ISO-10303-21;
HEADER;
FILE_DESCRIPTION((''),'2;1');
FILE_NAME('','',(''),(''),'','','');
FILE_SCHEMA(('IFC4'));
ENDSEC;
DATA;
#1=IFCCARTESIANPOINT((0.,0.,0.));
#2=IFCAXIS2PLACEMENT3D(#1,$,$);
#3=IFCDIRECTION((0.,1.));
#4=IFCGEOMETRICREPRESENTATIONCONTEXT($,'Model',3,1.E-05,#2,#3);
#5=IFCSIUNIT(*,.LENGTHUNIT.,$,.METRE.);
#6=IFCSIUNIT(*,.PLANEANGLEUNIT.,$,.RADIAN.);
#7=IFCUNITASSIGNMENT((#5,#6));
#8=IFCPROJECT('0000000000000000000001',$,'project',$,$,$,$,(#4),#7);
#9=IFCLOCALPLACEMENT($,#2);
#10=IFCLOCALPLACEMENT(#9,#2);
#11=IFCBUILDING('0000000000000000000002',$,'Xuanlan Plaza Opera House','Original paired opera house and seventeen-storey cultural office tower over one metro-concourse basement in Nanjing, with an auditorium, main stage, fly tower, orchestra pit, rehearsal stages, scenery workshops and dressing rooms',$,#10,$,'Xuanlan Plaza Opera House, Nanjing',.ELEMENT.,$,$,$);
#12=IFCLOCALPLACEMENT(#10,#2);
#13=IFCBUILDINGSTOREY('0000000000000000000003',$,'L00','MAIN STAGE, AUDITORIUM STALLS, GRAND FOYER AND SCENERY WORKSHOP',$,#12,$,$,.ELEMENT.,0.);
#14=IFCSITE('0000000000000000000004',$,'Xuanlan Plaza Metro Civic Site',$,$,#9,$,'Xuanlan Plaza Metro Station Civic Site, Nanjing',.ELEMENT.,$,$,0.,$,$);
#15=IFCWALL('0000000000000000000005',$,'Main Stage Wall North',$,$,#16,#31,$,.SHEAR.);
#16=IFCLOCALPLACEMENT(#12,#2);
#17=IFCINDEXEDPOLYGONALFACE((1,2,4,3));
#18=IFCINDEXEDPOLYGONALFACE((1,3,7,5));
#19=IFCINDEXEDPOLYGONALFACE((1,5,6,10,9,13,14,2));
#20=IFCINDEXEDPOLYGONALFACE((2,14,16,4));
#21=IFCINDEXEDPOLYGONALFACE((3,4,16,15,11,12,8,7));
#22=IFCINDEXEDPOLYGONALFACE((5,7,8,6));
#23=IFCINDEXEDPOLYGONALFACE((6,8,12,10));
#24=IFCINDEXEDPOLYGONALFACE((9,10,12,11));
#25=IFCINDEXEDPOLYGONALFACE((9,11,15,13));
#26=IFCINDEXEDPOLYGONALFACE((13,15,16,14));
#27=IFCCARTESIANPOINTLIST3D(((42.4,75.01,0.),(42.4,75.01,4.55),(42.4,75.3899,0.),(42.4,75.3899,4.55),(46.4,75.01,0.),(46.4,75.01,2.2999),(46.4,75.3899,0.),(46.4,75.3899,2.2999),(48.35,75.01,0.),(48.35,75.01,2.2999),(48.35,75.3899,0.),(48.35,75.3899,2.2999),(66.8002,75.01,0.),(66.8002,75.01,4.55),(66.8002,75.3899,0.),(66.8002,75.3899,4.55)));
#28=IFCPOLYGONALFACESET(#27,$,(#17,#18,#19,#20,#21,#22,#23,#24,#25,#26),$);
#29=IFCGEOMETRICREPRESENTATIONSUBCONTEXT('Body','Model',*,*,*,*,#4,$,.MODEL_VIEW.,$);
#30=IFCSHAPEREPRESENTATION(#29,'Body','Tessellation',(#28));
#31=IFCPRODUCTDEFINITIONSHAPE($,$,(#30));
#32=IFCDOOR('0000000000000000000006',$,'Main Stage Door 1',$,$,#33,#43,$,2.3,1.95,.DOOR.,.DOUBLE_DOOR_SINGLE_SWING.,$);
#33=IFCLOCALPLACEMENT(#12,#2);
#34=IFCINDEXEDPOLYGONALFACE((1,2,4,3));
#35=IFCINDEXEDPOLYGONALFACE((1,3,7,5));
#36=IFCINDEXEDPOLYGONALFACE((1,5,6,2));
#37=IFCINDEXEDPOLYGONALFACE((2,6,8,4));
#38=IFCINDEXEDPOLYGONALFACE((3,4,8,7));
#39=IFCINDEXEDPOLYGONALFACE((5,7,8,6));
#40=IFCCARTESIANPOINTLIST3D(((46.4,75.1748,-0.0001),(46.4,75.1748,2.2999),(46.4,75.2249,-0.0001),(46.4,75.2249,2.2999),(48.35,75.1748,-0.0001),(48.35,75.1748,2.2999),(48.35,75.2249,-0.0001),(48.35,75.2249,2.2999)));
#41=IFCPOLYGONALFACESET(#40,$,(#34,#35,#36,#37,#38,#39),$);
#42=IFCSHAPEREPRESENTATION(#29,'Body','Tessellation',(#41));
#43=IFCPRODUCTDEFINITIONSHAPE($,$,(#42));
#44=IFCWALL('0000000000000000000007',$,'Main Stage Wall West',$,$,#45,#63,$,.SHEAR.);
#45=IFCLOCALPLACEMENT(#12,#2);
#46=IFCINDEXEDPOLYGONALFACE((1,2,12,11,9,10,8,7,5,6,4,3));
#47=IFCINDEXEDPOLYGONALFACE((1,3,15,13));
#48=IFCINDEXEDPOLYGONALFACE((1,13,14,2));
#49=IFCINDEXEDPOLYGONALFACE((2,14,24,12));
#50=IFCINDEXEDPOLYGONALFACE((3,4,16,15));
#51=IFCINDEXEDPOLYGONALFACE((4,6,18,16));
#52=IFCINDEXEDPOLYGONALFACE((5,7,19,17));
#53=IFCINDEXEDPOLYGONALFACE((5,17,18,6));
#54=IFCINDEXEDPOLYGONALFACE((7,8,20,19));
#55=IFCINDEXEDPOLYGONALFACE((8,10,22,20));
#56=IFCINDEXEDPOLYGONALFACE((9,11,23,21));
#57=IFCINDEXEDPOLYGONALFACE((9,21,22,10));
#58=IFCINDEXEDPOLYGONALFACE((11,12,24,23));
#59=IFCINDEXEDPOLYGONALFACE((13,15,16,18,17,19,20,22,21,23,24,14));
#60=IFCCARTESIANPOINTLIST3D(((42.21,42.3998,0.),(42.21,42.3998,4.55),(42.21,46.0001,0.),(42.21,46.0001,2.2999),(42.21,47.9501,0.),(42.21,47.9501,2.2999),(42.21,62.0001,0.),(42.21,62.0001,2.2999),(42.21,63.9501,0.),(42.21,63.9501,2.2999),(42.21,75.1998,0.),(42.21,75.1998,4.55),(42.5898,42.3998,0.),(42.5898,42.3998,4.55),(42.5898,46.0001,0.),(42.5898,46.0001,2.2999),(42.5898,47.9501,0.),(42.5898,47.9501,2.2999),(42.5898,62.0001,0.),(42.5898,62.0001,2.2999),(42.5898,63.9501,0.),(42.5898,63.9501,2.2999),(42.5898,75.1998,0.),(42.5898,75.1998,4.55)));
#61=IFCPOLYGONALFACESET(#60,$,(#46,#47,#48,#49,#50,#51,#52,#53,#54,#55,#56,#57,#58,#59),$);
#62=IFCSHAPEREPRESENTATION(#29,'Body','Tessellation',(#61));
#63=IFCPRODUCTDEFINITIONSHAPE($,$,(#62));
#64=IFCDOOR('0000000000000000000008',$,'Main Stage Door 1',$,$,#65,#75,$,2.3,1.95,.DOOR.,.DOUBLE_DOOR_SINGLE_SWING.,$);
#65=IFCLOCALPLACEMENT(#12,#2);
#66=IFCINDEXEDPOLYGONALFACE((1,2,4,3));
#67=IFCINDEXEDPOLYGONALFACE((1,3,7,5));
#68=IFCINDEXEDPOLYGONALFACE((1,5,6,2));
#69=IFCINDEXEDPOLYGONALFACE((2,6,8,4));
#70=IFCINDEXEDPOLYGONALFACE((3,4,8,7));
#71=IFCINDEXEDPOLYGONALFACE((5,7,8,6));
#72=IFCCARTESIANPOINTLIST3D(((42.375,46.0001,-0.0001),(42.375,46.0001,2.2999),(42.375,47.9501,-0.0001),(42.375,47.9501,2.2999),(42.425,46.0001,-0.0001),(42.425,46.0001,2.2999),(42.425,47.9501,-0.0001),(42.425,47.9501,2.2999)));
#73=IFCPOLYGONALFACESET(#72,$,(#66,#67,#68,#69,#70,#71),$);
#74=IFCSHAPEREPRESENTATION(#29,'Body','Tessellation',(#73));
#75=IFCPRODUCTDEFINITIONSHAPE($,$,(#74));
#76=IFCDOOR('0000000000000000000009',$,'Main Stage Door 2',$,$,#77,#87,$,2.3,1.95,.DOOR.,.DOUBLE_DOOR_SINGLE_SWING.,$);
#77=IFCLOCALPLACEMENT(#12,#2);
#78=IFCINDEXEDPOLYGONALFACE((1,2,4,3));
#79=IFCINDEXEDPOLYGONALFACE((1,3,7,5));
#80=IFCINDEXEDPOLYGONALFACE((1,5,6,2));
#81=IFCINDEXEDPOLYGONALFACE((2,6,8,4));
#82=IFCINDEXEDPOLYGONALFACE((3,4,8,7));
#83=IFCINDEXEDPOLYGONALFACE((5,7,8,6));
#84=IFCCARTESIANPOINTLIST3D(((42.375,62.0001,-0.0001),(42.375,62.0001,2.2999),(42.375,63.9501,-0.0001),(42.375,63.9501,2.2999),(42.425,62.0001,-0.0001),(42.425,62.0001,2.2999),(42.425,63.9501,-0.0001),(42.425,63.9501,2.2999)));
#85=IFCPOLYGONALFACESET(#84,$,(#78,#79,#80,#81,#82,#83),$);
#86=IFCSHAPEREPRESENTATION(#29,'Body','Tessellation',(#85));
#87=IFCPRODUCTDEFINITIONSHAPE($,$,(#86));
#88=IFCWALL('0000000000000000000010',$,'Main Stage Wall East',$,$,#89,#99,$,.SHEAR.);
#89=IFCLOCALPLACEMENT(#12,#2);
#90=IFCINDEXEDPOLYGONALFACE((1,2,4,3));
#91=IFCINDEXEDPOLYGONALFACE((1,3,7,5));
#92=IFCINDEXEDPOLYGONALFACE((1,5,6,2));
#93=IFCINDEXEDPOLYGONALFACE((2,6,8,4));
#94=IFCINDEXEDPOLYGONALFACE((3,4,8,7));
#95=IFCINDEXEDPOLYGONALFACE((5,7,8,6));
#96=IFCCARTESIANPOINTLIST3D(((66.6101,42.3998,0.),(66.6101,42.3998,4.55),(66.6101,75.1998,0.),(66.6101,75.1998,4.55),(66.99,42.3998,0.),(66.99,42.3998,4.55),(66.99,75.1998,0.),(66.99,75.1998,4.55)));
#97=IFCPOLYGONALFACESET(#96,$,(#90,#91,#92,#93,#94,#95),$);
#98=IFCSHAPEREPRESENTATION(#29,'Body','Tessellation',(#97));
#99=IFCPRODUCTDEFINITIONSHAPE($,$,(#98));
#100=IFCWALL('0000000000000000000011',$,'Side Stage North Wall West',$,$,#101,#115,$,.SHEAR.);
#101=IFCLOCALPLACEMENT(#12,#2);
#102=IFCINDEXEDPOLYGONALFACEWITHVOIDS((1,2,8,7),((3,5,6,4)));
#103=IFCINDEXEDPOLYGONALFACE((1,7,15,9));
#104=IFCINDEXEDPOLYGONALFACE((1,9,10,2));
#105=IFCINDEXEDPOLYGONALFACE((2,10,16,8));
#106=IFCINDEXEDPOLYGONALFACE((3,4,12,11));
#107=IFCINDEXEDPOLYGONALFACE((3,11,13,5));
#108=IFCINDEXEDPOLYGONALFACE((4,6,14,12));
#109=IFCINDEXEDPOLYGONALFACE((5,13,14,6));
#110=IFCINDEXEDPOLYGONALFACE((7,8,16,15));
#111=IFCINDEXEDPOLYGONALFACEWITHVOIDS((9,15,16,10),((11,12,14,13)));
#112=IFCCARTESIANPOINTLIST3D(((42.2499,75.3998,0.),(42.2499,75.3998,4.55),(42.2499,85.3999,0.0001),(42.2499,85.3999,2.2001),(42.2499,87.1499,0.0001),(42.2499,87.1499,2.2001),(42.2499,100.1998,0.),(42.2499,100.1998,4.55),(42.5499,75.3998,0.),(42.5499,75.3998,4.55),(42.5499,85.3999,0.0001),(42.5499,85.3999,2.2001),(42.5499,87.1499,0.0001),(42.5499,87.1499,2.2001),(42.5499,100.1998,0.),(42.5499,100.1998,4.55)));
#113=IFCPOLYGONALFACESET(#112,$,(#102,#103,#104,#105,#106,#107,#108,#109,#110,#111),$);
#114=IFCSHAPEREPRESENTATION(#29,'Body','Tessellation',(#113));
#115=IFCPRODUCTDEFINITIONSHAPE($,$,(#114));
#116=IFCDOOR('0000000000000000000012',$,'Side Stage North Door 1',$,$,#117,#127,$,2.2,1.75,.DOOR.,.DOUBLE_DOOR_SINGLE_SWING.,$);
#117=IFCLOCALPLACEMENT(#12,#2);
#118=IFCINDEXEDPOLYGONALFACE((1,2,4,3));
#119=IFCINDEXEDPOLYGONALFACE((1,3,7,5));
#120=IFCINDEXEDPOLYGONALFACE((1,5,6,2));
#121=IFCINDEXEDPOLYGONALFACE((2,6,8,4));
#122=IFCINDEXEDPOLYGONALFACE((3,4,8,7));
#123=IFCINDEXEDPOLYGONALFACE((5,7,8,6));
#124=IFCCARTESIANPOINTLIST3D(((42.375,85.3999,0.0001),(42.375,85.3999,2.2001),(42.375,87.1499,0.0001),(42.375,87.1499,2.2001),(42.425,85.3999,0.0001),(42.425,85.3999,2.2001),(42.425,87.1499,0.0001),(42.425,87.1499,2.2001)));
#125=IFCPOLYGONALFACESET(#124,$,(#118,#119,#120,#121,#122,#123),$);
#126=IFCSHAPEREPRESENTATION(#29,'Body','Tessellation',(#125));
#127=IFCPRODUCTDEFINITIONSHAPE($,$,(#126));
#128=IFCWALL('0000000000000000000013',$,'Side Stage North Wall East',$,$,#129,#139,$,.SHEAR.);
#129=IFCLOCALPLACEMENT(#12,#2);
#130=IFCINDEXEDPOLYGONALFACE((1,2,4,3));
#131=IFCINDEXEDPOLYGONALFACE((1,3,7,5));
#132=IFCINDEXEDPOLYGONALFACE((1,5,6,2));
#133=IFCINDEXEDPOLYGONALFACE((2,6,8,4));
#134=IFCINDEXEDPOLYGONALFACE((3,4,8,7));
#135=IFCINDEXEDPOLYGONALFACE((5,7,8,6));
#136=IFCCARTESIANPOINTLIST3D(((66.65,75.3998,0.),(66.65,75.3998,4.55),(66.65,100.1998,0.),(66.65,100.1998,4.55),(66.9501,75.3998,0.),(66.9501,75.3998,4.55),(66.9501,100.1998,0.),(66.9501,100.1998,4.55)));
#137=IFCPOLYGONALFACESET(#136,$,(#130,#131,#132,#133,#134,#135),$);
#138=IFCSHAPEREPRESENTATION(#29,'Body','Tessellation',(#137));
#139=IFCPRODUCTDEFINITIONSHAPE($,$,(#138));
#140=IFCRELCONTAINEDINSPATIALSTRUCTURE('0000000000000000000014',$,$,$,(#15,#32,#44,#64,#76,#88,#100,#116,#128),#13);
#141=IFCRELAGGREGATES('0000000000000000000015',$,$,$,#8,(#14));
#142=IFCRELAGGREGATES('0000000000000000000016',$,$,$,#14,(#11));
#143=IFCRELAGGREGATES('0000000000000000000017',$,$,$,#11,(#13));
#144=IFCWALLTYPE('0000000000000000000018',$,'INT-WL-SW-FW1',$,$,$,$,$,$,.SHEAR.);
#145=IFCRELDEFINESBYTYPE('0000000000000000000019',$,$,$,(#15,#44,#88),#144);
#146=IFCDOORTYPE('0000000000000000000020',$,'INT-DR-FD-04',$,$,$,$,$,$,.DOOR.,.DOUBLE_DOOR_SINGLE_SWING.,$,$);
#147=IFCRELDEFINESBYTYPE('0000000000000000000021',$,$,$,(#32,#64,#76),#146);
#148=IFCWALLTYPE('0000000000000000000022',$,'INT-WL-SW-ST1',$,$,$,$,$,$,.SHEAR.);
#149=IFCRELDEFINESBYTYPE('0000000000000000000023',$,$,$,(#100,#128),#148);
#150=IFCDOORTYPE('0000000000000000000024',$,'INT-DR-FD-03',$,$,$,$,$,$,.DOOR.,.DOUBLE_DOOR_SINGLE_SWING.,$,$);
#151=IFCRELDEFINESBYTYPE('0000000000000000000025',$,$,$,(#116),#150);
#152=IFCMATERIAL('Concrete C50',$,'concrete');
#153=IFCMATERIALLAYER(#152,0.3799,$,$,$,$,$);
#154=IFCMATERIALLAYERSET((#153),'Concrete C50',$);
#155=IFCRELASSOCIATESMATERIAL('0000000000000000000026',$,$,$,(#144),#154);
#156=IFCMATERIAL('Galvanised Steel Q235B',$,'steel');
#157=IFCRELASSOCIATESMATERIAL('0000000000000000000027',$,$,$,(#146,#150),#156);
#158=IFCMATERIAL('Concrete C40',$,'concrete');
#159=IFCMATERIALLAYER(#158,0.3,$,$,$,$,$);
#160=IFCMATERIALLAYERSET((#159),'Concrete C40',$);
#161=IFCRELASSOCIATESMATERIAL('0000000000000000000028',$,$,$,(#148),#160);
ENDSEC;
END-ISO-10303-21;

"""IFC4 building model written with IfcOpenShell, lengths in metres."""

from ifc_helpers import new_model, si_unit, direction, frame, frame_2d, origin, place, context, subcontext, project, spatial, rectangle, extrude, material, layer, layer_set, type_object, element, fill, save


model = new_model("IFC4")

# Units and contexts
model_context = context("Model", 3, precision=1e-05, world=origin(), true_north=direction((0.0, 1.0)))
body_context = subcontext(model_context, "Body", "Model", "MODEL_VIEW")
ifc_project = project(units=[si_unit("LENGTHUNIT", "METRE"), si_unit("PLANEANGLEUNIT", "RADIAN")], contexts=[model_context])

# Site, building, storey
site_placement = place(None, origin())
site = spatial("IfcSite", under=ifc_project, at=site_placement, Name="Xuanlan Plaza Metro Civic Site", LongName="Xuanlan Plaza Metro Station Civic Site, Nanjing", CompositionType="ELEMENT", RefElevation=0.0)
building_placement = place(site_placement, origin())
building = spatial("IfcBuilding", under=site, at=building_placement, Name="Xuanlan Plaza Opera House", Description="Original paired opera house and seventeen-storey cultural office tower over one metro-concourse basement in Nanjing, with an auditorium, main stage, fly tower, orchestra pit, rehearsal stages, scenery workshops and dressing rooms", LongName="Xuanlan Plaza Opera House, Nanjing", CompositionType="ELEMENT")
storey_placement = place(building_placement, origin())
storey = spatial("IfcBuildingStorey", under=building, at=storey_placement, Name="L00", Description="MAIN STAGE, AUDITORIUM STALLS, GRAND FOYER AND SCENERY WORKSHOP", CompositionType="ELEMENT", Elevation=0.0)

# Shared definitions
ifc_material_1 = material(Name="Concrete C50", Category="concrete")
ifc_material_2 = material(Name="Concrete C40", Category="concrete")

# Wall, opening, door
ifc_layer_1 = layer(ifc_material_1, 0.3799)
ifc_layer_set_1 = layer_set([ifc_layer_1], Name="Concrete C50")
wall_type_1 = type_object("IfcWallType", Name="INT-WL-SW-FW1", PredefinedType="SHEAR", material=ifc_layer_set_1)
ifc_material_3 = material(Name="Galvanised Steel Q235B", Category="steel")
door_type_1 = type_object("IfcDoorType", Name="INT-DR-FD-04", OperationType="DOUBLE_DOOR_SINGLE_SWING", PredefinedType="DOOR", material=ifc_material_3)
wall_1_placement = place(storey_placement, frame((42.3999, 75.2, 0.0), z_axis=(0.0, 0.0, 1.0), x_axis=(1.0, 0.0, 0.0)))
wall_1 = element("IfcWall", 1, at=wall_1_placement, inside=storey, type_object=wall_type_1, Name="Main Stage Wall North", PredefinedType="SHEAR", context=body_context, shape_type="SweptSolid", body=[
    extrude(rectangle(XDim=24.4001, YDim=0.3799, at=frame_2d((12.2002, 0.0))), origin(), (0.0, 0.0, 1.0), 4.55),
])
opening_1_placement = place(wall_1_placement, frame((4.0, 0.0, 0.0)))
opening_1 = element("IfcOpeningElement", 2, at=opening_1_placement, cuts=wall_1, PredefinedType="OPENING", context=body_context, shape_type="SweptSolid", body=[
    extrude(rectangle(XDim=1.95, YDim=2.3, at=frame_2d((0.9751, 1.1499))), frame((0.0, 0.2, 0.0), z_axis=(0.0, -1.0, 0.0), x_axis=(1.0, 0.0, 0.0)), (0.0, 0.0, 1.0), 0.3999),
])
door_1_placement = place(opening_1_placement, origin())
door_1 = element("IfcDoor", 3, at=door_1_placement, inside=storey, type_object=door_type_1, Name="Main Stage Door 1", OperationType="DOUBLE_DOOR_SINGLE_SWING", OverallHeight=2.3, OverallWidth=1.95, PredefinedType="DOOR", context=body_context, shape_type="SweptSolid", body=[
    extrude(rectangle(XDim=1.95, YDim=2.3, at=frame_2d((0.9751, 1.1499))), frame((0.0, 0.0249, 0.0), z_axis=(0.0, -1.0, 0.0), x_axis=(1.0, 0.0, 0.0)), (0.0, 0.0, 1.0), 0.05),
])
fill(opening_1, door_1)

# Wall, openings, doors
wall_2_placement = place(storey_placement, frame((42.3999, 42.3999, 0.0), z_axis=(0.0, 0.0, 1.0), x_axis=(0.0, 1.0, 0.0)))
wall_2 = element("IfcWall", 4, at=wall_2_placement, inside=storey, type_object=wall_type_1, Name="Main Stage Wall West", PredefinedType="SHEAR", context=body_context, shape_type="SweptSolid", body=[
    extrude(rectangle(XDim=32.8, YDim=0.3799, at=frame_2d((16.3999, 0.0))), origin(), (0.0, 0.0, 1.0), 4.55),
])
opening_2_placement = place(wall_2_placement, frame((3.6001, 0.0, 0.0)))
opening_2 = element("IfcOpeningElement", 5, at=opening_2_placement, cuts=wall_2, PredefinedType="OPENING", context=body_context, shape_type="SweptSolid", body=[
    extrude(rectangle(XDim=1.95, YDim=2.3, at=frame_2d((0.9751, 1.1499))), frame((0.0, 0.2, 0.0), z_axis=(0.0, -1.0, 0.0), x_axis=(1.0, 0.0, 0.0)), (0.0, 0.0, 1.0), 0.3999),
])
opening_3_placement = place(wall_2_placement, frame((19.6001, 0.0, 0.0)))
opening_3 = element("IfcOpeningElement", 6, at=opening_3_placement, cuts=wall_2, PredefinedType="OPENING", context=body_context, shape_type="SweptSolid", body=[
    extrude(rectangle(XDim=1.95, YDim=2.3, at=frame_2d((0.9751, 1.1499))), frame((0.0, 0.2, 0.0), z_axis=(0.0, -1.0, 0.0), x_axis=(1.0, 0.0, 0.0)), (0.0, 0.0, 1.0), 0.3999),
])
door_2_placement = place(opening_2_placement, origin())
door_2 = element("IfcDoor", 7, at=door_2_placement, inside=storey, type_object=door_type_1, Name="Main Stage Door 1", OperationType="DOUBLE_DOOR_SINGLE_SWING", OverallHeight=2.3, OverallWidth=1.95, PredefinedType="DOOR", context=body_context, shape_type="SweptSolid", body=[
    extrude(rectangle(XDim=1.95, YDim=2.3, at=frame_2d((0.9751, 1.1499))), frame((0.0, 0.0249, 0.0), z_axis=(0.0, -1.0, 0.0), x_axis=(1.0, 0.0, 0.0)), (0.0, 0.0, 1.0), 0.05),
])
fill(opening_2, door_2)
door_3_placement = place(opening_3_placement, origin())
door_3 = element("IfcDoor", 8, at=door_3_placement, inside=storey, type_object=door_type_1, Name="Main Stage Door 2", OperationType="DOUBLE_DOOR_SINGLE_SWING", OverallHeight=2.3, OverallWidth=1.95, PredefinedType="DOOR", context=body_context, shape_type="SweptSolid", body=[
    extrude(rectangle(XDim=1.95, YDim=2.3, at=frame_2d((0.9751, 1.1499))), frame((0.0, 0.0249, 0.0), z_axis=(0.0, -1.0, 0.0), x_axis=(1.0, 0.0, 0.0)), (0.0, 0.0, 1.0), 0.05),
])
fill(opening_3, door_3)

# Wall
wall_3_placement = place(storey_placement, frame((66.8, 42.3999, 0.0), z_axis=(0.0, 0.0, 1.0), x_axis=(0.0, 1.0, 0.0)))
element("IfcWall", 9, at=wall_3_placement, inside=storey, type_object=wall_type_1, Name="Main Stage Wall East", PredefinedType="SHEAR", context=body_context, shape_type="SweptSolid", body=[
    extrude(rectangle(XDim=32.8, YDim=0.3799, at=frame_2d((16.3999, 0.0))), origin(), (0.0, 0.0, 1.0), 4.55),
])

# Wall, opening, door
ifc_layer_2 = layer(ifc_material_2, 0.3)
ifc_layer_set_2 = layer_set([ifc_layer_2], Name="Concrete C40")
wall_type_2 = type_object("IfcWallType", Name="INT-WL-SW-ST1", PredefinedType="SHEAR", material=ifc_layer_set_2)
wall_4_placement = place(storey_placement, frame((42.3999, 75.3999, 0.0), z_axis=(0.0, 0.0, 1.0), x_axis=(0.0, 1.0, 0.0)))
wall_4 = element("IfcWall", 10, at=wall_4_placement, inside=storey, type_object=wall_type_2, Name="Side Stage North Wall West", PredefinedType="SHEAR", context=body_context, shape_type="SweptSolid", body=[
    extrude(rectangle(XDim=24.8, YDim=0.3, at=frame_2d((12.3999, 0.0))), origin(), (0.0, 0.0, 1.0), 4.55),
])
opening_4_placement = place(wall_4_placement, frame((10.0, 0.0, 0.0)))
opening_4 = element("IfcOpeningElement", 11, at=opening_4_placement, cuts=wall_4, PredefinedType="OPENING", context=body_context, shape_type="SweptSolid", body=[
    extrude(rectangle(XDim=1.75, YDim=2.2, at=frame_2d((0.875, 1.1001))), frame((0.0, 0.1599, 0.0), z_axis=(0.0, -1.0, 0.0), x_axis=(1.0, 0.0, 0.0)), (0.0, 0.0, 1.0), 0.3201),
])
door_type_2 = type_object("IfcDoorType", Name="INT-DR-FD-03", OperationType="DOUBLE_DOOR_SINGLE_SWING", PredefinedType="DOOR", material=ifc_material_3)
door_4_placement = place(opening_4_placement, origin())
door_4 = element("IfcDoor", 12, at=door_4_placement, inside=storey, type_object=door_type_2, Name="Side Stage North Door 1", OperationType="DOUBLE_DOOR_SINGLE_SWING", OverallHeight=2.2, OverallWidth=1.75, PredefinedType="DOOR", context=body_context, shape_type="SweptSolid", body=[
    extrude(rectangle(XDim=1.75, YDim=2.2, at=frame_2d((0.875, 1.1001))), frame((0.0, 0.0249, 0.0), z_axis=(0.0, -1.0, 0.0), x_axis=(1.0, 0.0, 0.0)), (0.0, 0.0, 1.0), 0.05),
])
fill(opening_4, door_4)

# Wall
wall_5_placement = place(storey_placement, frame((66.8, 75.3999, 0.0), z_axis=(0.0, 0.0, 1.0), x_axis=(0.0, 1.0, 0.0)))
element("IfcWall", 13, at=wall_5_placement, inside=storey, type_object=wall_type_2, Name="Side Stage North Wall East", PredefinedType="SHEAR", context=body_context, shape_type="SweptSolid", body=[
    extrude(rectangle(XDim=24.8, YDim=0.3, at=frame_2d((12.3999, 0.0))), origin(), (0.0, 0.0, 1.0), 4.55),
])

save(model, "model.ifc")
